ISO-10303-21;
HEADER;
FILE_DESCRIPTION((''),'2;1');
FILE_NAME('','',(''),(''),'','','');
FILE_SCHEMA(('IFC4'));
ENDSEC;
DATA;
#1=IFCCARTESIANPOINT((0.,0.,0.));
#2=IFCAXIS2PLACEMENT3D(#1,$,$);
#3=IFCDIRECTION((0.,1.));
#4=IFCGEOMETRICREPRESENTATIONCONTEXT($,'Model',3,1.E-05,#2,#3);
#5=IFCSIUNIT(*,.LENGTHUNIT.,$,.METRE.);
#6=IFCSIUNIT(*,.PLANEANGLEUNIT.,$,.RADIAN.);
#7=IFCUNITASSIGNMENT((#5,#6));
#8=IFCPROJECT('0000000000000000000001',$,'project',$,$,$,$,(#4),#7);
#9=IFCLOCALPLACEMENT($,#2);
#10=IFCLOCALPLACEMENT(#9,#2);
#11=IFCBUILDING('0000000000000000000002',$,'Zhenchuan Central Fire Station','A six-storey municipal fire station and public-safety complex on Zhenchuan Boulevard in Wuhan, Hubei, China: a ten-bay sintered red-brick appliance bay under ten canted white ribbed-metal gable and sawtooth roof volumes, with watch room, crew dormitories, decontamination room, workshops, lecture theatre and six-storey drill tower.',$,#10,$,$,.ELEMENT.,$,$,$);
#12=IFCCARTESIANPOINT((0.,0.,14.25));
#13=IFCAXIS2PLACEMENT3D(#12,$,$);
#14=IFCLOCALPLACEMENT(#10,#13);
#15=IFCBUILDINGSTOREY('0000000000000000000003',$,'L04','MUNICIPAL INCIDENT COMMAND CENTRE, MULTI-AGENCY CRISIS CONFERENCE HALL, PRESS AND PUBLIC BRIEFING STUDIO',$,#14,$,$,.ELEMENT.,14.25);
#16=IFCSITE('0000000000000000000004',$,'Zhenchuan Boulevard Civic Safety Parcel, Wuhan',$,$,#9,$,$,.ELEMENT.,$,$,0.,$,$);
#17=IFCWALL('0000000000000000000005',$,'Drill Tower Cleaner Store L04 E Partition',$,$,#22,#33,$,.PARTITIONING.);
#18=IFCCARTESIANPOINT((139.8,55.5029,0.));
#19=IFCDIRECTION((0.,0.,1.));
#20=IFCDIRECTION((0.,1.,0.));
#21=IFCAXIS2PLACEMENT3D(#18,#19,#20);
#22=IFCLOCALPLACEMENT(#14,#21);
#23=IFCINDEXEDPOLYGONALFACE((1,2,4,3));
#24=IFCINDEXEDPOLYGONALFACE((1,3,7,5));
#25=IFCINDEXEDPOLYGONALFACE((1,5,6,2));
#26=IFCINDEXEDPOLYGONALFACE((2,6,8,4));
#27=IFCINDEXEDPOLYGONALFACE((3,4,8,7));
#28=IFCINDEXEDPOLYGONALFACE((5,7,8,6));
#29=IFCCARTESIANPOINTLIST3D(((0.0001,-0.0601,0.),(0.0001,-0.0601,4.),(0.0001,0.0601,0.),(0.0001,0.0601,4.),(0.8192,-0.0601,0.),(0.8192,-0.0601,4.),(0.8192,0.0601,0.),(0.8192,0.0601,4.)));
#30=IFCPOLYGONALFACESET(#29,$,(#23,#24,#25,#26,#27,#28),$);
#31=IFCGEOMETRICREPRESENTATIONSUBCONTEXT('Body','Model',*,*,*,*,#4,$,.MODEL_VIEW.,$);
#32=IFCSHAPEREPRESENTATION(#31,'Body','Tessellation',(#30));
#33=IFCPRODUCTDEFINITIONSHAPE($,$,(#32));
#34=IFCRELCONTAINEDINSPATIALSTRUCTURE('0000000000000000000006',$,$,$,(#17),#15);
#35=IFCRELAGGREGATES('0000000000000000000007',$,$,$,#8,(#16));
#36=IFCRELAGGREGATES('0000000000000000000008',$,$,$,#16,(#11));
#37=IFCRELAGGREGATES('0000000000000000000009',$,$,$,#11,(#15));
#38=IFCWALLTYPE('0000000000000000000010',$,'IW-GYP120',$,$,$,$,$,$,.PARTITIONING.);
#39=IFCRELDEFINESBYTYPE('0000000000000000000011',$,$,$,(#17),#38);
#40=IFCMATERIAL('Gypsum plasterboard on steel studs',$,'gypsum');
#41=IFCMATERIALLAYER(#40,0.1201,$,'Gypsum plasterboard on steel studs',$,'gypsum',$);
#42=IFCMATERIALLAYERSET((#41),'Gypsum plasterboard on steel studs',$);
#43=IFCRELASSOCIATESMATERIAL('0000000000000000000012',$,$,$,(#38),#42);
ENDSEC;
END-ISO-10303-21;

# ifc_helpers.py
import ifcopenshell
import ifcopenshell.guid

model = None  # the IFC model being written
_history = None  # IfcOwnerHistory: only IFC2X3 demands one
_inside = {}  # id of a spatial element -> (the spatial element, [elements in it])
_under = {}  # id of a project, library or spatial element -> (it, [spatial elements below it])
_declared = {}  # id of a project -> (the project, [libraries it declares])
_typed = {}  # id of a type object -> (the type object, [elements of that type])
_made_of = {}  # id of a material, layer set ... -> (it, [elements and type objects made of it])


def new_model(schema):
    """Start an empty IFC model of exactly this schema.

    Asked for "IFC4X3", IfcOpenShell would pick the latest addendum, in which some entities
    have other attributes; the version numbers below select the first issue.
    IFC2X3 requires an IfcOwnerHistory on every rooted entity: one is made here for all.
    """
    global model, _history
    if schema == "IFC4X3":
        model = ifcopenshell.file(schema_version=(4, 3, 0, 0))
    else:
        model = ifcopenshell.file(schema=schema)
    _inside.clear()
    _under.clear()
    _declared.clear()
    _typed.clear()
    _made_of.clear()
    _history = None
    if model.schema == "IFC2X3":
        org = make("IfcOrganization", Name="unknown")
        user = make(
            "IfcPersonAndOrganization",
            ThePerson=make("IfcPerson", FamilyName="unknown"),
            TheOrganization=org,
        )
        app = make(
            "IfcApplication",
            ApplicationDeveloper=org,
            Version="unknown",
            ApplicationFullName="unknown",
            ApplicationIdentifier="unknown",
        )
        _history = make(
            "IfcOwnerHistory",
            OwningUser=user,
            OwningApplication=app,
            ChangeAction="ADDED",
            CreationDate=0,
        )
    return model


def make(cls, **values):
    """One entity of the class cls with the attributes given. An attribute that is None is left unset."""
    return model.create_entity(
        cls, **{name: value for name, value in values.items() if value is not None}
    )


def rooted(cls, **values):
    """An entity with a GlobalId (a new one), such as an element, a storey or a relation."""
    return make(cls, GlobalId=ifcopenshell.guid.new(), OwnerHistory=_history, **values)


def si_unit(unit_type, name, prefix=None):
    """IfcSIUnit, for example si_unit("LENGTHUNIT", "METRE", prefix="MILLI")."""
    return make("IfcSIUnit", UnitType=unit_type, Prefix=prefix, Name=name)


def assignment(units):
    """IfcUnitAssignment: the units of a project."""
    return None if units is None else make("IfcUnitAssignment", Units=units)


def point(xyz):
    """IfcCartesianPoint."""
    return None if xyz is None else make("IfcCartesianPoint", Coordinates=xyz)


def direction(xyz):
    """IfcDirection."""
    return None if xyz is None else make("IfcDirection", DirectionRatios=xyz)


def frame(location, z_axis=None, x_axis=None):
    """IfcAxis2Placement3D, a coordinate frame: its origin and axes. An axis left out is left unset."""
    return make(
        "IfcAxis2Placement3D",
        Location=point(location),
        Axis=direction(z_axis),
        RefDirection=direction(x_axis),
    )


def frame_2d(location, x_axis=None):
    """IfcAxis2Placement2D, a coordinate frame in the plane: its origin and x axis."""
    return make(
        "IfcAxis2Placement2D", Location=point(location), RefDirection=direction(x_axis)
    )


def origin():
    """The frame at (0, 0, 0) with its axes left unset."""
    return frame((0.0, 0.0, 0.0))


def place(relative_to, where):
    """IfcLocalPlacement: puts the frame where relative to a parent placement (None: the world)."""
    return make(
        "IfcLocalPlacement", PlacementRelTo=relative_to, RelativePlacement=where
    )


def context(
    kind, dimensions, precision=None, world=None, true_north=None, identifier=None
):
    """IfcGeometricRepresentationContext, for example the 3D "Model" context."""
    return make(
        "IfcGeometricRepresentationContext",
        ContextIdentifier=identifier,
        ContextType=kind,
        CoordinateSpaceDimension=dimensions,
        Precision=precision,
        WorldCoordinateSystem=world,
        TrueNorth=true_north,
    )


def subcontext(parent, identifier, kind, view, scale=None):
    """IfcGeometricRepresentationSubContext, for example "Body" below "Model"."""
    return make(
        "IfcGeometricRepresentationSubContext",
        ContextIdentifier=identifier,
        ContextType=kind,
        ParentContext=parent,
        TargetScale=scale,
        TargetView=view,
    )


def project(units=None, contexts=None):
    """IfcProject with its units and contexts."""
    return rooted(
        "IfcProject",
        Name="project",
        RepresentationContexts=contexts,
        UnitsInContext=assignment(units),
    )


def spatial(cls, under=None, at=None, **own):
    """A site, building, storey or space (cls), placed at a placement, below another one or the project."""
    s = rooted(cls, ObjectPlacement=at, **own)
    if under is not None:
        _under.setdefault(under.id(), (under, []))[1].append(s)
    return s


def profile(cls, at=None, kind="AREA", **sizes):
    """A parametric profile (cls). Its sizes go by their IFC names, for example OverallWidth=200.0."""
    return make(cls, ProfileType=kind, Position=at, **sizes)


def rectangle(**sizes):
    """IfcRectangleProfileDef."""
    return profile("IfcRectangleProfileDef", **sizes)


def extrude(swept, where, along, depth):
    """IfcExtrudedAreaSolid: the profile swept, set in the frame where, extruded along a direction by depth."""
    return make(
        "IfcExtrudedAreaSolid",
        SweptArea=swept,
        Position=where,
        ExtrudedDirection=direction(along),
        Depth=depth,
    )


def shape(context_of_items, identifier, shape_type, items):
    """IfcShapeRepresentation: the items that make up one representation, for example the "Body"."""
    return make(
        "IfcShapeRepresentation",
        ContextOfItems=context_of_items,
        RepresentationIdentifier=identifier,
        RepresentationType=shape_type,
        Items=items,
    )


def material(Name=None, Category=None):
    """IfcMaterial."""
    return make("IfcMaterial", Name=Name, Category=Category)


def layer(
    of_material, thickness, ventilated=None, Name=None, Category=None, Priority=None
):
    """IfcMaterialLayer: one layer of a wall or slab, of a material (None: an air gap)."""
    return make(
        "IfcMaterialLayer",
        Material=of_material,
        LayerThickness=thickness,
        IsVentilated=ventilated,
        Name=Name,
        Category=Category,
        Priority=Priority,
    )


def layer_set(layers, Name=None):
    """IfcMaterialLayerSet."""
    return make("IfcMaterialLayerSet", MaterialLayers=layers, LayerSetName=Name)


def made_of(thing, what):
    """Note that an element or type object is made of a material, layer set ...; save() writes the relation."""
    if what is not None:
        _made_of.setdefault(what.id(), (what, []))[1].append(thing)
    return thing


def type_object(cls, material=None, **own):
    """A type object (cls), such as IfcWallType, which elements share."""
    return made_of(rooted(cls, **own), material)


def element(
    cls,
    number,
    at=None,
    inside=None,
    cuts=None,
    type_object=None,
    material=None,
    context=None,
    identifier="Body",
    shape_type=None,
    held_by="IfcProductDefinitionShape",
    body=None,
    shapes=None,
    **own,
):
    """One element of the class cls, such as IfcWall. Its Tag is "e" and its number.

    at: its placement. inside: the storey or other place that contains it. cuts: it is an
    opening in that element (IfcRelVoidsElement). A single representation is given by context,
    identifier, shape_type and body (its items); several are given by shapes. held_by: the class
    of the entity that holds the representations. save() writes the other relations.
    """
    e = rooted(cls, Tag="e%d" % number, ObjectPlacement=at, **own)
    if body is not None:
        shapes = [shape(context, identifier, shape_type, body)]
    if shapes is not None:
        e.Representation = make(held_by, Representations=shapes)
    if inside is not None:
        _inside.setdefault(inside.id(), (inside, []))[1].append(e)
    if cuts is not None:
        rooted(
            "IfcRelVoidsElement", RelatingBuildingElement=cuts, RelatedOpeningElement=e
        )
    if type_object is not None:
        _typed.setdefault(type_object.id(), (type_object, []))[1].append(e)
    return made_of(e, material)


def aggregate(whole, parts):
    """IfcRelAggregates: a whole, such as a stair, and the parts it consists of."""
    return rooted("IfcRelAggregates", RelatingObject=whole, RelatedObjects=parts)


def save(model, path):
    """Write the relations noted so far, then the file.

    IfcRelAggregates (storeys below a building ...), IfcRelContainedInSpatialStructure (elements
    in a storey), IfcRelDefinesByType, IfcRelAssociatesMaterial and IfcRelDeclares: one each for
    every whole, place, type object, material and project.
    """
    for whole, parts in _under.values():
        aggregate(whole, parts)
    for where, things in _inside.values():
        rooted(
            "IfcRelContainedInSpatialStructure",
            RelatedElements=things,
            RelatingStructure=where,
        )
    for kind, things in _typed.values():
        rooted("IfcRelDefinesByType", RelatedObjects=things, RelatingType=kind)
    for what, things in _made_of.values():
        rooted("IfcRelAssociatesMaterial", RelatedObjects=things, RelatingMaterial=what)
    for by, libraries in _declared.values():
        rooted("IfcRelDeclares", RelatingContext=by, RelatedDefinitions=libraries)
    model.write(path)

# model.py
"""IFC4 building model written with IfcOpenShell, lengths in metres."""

from ifc_helpers import new_model, si_unit, direction, frame, frame_2d, origin, place, context, subcontext, project, spatial, rectangle, extrude, material, layer, layer_set, type_object, element, save


model = new_model("IFC4")

# Units and contexts
model_context = context("Model", 3, precision=1e-05, world=origin(), true_north=direction((0.0, 1.0)))
body_context = subcontext(model_context, "Body", "Model", "MODEL_VIEW")
ifc_project = project(units=[si_unit("LENGTHUNIT", "METRE"), si_unit("PLANEANGLEUNIT", "RADIAN")], contexts=[model_context])

# Site, building, storey
site_placement = place(None, origin())
site = spatial("IfcSite", under=ifc_project, at=site_placement, Name="Zhenchuan Boulevard Civic Safety Parcel, Wuhan", CompositionType="ELEMENT", RefElevation=0.0)
building_placement = place(site_placement, origin())
building = spatial("IfcBuilding", under=site, at=building_placement, Name="Zhenchuan Central Fire Station", Description="A six-storey municipal fire station and public-safety complex on Zhenchuan Boulevard in Wuhan, Hubei, China: a ten-bay sintered red-brick appliance bay under ten canted white ribbed-metal gable and sawtooth roof volumes, with watch room, crew dormitories, decontamination room, workshops, lecture theatre and six-storey drill tower.", CompositionType="ELEMENT")
storey_placement = place(building_placement, frame((0.0, 0.0, 14.25)))
storey = spatial("IfcBuildingStorey", under=building, at=storey_placement, Name="L04", Description="MUNICIPAL INCIDENT COMMAND CENTRE, MULTI-AGENCY CRISIS CONFERENCE HALL, PRESS AND PUBLIC BRIEFING STUDIO", CompositionType="ELEMENT", Elevation=14.25)

# Shared definitions
ifc_material_1 = material(Name="Gypsum plasterboard on steel studs", Category="gypsum")

# Shared definitions
ifc_layer_1 = layer(ifc_material_1, 0.1201, Name="Gypsum plasterboard on steel studs", Category="gypsum")
ifc_layer_set_1 = layer_set([ifc_layer_1], Name="Gypsum plasterboard on steel studs")
wall_type_1 = type_object("IfcWallType", Name="IW-GYP120", PredefinedType="PARTITIONING", material=ifc_layer_set_1)

# Wall
wall_1_placement = place(storey_placement, frame((139.8, 55.5029, 0.0), z_axis=(0.0, 0.0, 1.0), x_axis=(0.0, 1.0, 0.0)))
element("IfcWall", 1, at=wall_1_placement, inside=storey, type_object=wall_type_1, Name="Drill Tower Cleaner Store L04 E Partition", PredefinedType="PARTITIONING", context=body_context, shape_type="SweptSolid", body=[
    extrude(rectangle(XDim=0.8191, YDim=0.1201, at=frame_2d((0.4097, 0.0))), origin(), (0.0, 0.0, 1.0), 4.0),
])

save(model, "model.ifc")
